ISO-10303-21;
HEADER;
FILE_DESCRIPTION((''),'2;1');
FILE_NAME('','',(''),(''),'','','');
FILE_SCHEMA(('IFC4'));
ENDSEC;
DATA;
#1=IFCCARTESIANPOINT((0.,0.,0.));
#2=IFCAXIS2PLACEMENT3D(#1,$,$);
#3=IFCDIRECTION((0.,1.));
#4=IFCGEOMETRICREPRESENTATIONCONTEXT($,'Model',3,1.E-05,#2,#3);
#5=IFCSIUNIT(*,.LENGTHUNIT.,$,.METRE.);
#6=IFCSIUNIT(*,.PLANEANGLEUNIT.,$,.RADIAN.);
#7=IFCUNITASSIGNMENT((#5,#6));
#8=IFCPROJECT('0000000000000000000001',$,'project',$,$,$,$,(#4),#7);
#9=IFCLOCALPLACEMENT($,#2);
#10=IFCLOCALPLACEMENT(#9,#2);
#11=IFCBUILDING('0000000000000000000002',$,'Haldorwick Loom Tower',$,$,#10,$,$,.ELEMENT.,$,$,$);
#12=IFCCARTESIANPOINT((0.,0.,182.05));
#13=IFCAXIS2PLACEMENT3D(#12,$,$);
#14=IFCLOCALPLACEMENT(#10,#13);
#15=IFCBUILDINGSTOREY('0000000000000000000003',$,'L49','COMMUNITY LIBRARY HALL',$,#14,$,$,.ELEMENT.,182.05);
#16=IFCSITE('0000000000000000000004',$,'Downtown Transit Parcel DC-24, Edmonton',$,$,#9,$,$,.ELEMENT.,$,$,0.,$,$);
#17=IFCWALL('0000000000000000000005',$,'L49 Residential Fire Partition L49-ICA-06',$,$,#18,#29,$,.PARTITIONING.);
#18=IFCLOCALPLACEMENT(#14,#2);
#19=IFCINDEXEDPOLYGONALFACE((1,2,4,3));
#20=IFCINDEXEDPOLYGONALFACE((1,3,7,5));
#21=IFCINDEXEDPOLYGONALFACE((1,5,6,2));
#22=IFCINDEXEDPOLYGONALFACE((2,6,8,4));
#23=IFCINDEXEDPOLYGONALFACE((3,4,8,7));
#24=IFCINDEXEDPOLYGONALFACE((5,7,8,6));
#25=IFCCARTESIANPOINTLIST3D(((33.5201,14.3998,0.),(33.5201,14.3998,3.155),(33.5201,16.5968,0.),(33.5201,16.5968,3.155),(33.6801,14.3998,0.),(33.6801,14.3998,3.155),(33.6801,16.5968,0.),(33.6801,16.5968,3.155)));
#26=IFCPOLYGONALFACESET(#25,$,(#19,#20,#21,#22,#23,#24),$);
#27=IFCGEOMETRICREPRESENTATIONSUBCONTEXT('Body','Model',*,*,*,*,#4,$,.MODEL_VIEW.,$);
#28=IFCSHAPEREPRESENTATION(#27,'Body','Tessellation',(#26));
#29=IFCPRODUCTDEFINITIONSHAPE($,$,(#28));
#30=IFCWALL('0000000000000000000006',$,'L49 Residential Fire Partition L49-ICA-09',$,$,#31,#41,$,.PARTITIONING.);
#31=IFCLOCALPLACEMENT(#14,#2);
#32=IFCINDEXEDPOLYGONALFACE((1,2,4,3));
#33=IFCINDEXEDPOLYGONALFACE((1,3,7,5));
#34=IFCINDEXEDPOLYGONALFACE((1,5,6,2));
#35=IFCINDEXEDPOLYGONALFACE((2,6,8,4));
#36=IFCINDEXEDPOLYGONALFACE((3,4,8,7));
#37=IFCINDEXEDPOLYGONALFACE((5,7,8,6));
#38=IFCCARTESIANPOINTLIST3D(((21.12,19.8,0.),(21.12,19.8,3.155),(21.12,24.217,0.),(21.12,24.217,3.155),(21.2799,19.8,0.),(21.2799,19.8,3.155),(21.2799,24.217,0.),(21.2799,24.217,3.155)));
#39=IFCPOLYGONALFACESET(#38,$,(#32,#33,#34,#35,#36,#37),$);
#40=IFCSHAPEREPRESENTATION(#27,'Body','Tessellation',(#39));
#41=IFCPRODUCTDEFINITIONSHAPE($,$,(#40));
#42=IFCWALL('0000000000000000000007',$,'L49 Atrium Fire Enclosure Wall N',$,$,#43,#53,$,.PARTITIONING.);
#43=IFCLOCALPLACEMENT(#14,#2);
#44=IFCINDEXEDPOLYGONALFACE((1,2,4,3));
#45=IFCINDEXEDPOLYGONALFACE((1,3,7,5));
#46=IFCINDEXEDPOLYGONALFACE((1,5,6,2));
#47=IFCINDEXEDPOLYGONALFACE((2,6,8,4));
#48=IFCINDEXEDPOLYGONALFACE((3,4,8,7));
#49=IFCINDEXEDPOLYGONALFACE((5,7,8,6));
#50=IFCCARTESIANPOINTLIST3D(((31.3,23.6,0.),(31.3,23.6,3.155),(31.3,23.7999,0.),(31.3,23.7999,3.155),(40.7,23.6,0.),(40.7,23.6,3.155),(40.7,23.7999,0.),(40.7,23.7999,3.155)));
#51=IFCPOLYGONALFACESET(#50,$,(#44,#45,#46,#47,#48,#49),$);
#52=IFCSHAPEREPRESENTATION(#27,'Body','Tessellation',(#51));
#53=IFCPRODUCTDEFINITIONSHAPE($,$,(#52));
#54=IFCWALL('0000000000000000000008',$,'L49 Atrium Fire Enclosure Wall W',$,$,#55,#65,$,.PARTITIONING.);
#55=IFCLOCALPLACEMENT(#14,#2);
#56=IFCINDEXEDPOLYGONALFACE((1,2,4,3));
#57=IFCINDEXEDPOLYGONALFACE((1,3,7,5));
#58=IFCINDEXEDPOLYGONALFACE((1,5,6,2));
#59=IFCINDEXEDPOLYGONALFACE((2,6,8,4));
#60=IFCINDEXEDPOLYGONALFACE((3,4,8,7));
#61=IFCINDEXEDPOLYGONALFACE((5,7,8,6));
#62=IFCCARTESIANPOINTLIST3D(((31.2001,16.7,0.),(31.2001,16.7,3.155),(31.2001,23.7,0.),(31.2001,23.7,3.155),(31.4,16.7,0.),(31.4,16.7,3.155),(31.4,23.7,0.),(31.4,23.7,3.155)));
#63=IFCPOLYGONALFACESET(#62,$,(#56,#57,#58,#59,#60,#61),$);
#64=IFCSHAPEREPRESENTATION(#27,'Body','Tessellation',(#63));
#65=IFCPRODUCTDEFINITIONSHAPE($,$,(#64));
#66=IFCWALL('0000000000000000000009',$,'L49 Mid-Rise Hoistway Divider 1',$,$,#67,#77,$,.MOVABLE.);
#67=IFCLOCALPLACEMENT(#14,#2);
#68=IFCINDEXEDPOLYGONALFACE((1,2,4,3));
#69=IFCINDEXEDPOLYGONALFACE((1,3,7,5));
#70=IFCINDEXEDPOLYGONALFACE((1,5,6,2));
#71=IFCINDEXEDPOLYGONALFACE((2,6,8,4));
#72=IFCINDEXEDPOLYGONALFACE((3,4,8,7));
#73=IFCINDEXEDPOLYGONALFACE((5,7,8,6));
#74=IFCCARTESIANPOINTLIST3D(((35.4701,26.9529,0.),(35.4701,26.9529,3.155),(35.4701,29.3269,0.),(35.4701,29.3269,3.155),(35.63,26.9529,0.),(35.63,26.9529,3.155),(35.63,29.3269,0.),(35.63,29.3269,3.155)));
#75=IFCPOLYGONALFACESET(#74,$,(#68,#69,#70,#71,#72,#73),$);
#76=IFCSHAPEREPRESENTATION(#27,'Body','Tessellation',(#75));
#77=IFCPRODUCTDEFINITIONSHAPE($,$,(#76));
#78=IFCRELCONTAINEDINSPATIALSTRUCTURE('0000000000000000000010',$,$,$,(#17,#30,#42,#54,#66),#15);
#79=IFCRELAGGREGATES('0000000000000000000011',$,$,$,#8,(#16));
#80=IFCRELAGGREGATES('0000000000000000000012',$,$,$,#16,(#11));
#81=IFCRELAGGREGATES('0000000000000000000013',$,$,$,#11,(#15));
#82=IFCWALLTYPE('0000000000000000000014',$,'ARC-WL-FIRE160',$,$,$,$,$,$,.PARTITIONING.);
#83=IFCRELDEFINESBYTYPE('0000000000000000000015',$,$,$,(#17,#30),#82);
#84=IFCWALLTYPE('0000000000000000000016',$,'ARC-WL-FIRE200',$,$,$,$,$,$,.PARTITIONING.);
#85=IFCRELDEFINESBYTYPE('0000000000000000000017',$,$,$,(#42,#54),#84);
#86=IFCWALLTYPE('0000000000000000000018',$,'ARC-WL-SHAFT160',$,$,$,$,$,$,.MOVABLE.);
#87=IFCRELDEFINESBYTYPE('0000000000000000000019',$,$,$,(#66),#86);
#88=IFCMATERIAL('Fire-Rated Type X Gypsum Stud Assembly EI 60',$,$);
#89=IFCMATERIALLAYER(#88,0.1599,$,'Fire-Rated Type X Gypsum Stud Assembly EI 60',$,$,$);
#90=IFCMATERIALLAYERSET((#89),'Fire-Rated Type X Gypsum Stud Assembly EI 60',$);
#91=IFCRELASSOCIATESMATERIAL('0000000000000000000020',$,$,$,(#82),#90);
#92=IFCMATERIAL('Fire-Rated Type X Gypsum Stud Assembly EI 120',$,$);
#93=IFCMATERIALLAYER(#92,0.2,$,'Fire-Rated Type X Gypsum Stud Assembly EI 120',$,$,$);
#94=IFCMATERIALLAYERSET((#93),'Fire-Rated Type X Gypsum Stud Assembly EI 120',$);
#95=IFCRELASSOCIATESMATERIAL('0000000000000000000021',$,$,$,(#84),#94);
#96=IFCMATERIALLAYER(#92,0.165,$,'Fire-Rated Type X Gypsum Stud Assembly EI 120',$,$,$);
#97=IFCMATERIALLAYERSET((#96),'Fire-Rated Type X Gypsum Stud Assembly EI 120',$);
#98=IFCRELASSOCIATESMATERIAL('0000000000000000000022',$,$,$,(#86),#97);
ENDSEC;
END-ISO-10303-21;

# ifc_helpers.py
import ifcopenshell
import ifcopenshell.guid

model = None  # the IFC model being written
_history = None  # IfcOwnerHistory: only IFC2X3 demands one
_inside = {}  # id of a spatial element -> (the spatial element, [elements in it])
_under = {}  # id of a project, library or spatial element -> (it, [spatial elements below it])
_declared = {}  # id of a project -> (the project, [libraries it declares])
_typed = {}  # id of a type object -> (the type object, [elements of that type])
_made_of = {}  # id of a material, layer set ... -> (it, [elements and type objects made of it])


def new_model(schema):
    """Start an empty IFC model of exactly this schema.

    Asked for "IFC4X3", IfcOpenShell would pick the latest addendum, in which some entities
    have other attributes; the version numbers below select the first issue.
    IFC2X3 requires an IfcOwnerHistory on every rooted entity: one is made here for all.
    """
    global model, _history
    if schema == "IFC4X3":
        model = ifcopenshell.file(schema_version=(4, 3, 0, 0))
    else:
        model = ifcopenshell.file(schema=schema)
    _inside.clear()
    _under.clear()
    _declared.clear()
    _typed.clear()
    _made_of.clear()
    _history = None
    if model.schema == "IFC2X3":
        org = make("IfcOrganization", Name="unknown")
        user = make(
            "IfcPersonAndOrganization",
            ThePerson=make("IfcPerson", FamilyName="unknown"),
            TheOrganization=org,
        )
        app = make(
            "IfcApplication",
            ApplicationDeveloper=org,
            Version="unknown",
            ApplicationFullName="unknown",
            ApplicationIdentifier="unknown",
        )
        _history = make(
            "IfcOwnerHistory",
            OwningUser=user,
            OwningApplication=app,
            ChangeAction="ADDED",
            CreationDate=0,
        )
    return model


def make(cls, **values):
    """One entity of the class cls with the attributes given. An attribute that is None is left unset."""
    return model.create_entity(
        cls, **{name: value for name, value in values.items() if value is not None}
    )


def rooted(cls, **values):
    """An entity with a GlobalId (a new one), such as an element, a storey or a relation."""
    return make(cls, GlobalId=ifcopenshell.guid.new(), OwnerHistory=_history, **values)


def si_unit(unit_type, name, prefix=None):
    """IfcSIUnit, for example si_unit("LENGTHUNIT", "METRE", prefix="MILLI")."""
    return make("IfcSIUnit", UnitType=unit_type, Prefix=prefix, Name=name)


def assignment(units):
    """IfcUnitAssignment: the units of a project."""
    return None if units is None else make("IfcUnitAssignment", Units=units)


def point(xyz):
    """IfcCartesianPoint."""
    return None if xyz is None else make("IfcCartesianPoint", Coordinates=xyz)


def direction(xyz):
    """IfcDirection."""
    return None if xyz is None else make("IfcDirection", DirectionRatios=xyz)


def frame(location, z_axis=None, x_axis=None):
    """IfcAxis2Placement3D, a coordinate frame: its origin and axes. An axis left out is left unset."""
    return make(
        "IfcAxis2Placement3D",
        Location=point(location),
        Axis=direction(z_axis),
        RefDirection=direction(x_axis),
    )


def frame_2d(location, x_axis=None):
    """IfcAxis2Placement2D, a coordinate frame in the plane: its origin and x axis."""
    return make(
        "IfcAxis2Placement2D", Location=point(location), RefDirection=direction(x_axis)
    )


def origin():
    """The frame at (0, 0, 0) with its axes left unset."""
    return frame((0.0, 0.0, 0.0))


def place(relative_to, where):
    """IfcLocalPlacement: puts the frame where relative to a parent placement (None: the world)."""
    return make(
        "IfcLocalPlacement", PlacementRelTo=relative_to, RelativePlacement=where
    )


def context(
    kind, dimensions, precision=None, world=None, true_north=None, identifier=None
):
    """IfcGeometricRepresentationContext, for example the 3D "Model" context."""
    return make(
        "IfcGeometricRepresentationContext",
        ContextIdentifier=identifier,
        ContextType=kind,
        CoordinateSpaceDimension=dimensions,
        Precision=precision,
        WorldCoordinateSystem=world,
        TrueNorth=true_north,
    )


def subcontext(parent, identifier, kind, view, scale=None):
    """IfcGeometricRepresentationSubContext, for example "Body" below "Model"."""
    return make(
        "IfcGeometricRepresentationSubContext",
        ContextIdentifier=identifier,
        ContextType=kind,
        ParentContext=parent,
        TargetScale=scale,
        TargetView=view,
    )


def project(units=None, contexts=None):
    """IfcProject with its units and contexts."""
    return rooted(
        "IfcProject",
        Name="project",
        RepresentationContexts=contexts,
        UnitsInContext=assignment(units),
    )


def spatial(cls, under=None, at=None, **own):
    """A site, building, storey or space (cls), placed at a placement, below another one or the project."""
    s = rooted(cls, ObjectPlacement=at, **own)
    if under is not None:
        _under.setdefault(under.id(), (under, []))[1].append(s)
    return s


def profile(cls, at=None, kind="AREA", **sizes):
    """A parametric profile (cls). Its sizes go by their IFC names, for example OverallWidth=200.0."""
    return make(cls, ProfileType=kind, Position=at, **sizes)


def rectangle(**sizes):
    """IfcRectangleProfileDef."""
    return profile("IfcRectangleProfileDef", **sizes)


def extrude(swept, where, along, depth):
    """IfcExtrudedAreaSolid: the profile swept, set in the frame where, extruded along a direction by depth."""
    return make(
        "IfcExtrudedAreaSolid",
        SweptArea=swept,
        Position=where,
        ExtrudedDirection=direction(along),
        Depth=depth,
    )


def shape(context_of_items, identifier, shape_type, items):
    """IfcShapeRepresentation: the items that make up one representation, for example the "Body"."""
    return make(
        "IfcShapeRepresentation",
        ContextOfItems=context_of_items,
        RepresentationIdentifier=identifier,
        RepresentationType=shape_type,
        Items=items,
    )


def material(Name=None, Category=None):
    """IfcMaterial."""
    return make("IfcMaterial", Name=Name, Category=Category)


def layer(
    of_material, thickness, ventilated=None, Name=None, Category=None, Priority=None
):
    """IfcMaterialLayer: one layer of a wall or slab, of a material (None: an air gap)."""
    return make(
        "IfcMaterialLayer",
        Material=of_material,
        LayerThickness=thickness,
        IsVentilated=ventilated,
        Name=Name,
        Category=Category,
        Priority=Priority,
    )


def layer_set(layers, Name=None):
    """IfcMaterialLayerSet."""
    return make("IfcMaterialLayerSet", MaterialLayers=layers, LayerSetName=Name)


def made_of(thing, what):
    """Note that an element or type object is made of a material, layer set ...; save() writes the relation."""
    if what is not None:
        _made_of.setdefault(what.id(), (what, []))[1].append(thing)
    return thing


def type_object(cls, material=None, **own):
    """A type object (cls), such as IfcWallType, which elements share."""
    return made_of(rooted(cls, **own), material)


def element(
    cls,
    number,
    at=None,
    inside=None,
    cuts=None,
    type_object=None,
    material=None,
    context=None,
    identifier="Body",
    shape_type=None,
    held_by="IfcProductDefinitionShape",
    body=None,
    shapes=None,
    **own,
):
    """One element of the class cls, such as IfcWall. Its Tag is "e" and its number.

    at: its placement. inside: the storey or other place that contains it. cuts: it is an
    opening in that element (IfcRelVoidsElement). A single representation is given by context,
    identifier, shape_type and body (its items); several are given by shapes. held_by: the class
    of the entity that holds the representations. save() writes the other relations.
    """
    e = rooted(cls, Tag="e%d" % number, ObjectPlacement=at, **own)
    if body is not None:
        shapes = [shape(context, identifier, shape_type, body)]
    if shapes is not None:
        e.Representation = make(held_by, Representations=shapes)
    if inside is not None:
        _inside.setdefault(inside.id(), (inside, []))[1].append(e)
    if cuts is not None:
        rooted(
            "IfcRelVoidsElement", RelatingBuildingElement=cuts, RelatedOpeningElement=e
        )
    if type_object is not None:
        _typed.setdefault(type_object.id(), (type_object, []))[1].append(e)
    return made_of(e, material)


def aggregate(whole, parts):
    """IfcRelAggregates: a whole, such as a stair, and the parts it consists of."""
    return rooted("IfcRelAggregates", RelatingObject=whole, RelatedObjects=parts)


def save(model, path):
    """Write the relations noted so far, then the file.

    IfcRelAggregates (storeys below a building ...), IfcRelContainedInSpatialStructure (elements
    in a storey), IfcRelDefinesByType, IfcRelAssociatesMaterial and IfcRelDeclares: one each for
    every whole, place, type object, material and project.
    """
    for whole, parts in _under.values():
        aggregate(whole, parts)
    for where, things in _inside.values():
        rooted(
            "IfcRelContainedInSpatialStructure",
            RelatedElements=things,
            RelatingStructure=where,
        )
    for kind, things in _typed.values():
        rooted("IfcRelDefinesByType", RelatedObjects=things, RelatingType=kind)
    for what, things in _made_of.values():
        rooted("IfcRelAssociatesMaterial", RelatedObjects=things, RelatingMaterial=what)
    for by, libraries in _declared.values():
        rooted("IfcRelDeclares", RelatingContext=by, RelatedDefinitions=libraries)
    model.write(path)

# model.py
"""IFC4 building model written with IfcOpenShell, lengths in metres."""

from ifc_helpers import new_model, si_unit, direction, frame, frame_2d, origin, place, context, subcontext, project, spatial, rectangle, extrude, material, layer, layer_set, type_object, element, save


model = new_model("IFC4")

# Units and contexts
model_context = context("Model", 3, precision=1e-05, world=origin(), true_north=direction((0.0, 1.0)))
body_context = subcontext(model_context, "Body", "Model", "MODEL_VIEW")
ifc_project = project(units=[si_unit("LENGTHUNIT", "METRE"), si_unit("PLANEANGLEUNIT", "RADIAN")], contexts=[model_context])

# Site, building, storey
site_placement = place(None, origin())
site = spatial("IfcSite", under=ifc_project, at=site_placement, Name="Downtown Transit Parcel DC-24, Edmonton", CompositionType="ELEMENT", RefElevation=0.0)
building_placement = place(site_placement, origin())
building = spatial("IfcBuilding", under=site, at=building_placement, Name="Haldorwick Loom Tower", CompositionType="ELEMENT")
storey_placement = place(building_placement, frame((0.0, 0.0, 182.05)))
storey = spatial("IfcBuildingStorey", under=building, at=storey_placement, Name="L49", Description="COMMUNITY LIBRARY HALL", CompositionType="ELEMENT", Elevation=182.05)

# Walls
ifc_material_1 = material(Name="Fire-Rated Type X Gypsum Stud Assembly EI 60")
ifc_layer_1 = layer(ifc_material_1, 0.1599, Name="Fire-Rated Type X Gypsum Stud Assembly EI 60")
ifc_layer_set_1 = layer_set([ifc_layer_1], Name="Fire-Rated Type X Gypsum Stud Assembly EI 60")
wall_type_1 = type_object("IfcWallType", Name="ARC-WL-FIRE160", PredefinedType="PARTITIONING", material=ifc_layer_set_1)
wall_1_placement = place(storey_placement, frame((33.6001, 16.5969, 0.0), z_axis=(0.0, 0.0, 1.0), x_axis=(0.0, -1.0, 0.0)))
element("IfcWall", 1, at=wall_1_placement, inside=storey, type_object=wall_type_1, Name="L49 Residential Fire Partition L49-ICA-06", PredefinedType="PARTITIONING", context=body_context, shape_type="SweptSolid", body=[
    extrude(rectangle(XDim=2.197, YDim=0.1599, at=frame_2d((1.0986, 0.0))), origin(), (0.0, 0.0, 1.0), 3.155),
])
wall_2_placement = place(storey_placement, frame((21.2, 24.217, 0.0), z_axis=(0.0, 0.0, 1.0), x_axis=(0.0, -1.0, 0.0)))
element("IfcWall", 2, at=wall_2_placement, inside=storey, type_object=wall_type_1, Name="L49 Residential Fire Partition L49-ICA-09", PredefinedType="PARTITIONING", context=body_context, shape_type="SweptSolid", body=[
    extrude(rectangle(XDim=4.417, YDim=0.1599, at=frame_2d((2.2085, 0.0))), origin(), (0.0, 0.0, 1.0), 3.155),
])
ifc_material_2 = material(Name="Fire-Rated Type X Gypsum Stud Assembly EI 120")
ifc_layer_2 = layer(ifc_material_2, 0.2, Name="Fire-Rated Type X Gypsum Stud Assembly EI 120")
ifc_layer_set_2 = layer_set([ifc_layer_2], Name="Fire-Rated Type X Gypsum Stud Assembly EI 120")
wall_type_2 = type_object("IfcWallType", Name="ARC-WL-FIRE200", PredefinedType="PARTITIONING", material=ifc_layer_set_2)
wall_3_placement = place(storey_placement, frame((31.3, 23.7, 0.0), z_axis=(0.0, 0.0, 1.0), x_axis=(1.0, 0.0, 0.0)))
element("IfcWall", 3, at=wall_3_placement, inside=storey, type_object=wall_type_2, Name="L49 Atrium Fire Enclosure Wall N", PredefinedType="PARTITIONING", context=body_context, shape_type="SweptSolid", body=[
    extrude(rectangle(XDim=9.3999, YDim=0.2, at=frame_2d((4.7, 0.0))), origin(), (0.0, 0.0, 1.0), 3.155),
])
wall_4_placement = place(storey_placement, frame((31.3, 16.7, 0.0), z_axis=(0.0, 0.0, 1.0), x_axis=(0.0, 1.0, 0.0)))
element("IfcWall", 4, at=wall_4_placement, inside=storey, type_object=wall_type_2, Name="L49 Atrium Fire Enclosure Wall W", PredefinedType="PARTITIONING", context=body_context, shape_type="SweptSolid", body=[
    extrude(rectangle(XDim=7.0, YDim=0.2, at=frame_2d((3.5, 0.0))), origin(), (0.0, 0.0, 1.0), 3.155),
])
ifc_layer_3 = layer(ifc_material_2, 0.165, Name="Fire-Rated Type X Gypsum Stud Assembly EI 120")
ifc_layer_set_3 = layer_set([ifc_layer_3], Name="Fire-Rated Type X Gypsum Stud Assembly EI 120")
wall_type_3 = type_object("IfcWallType", Name="ARC-WL-SHAFT160", PredefinedType="MOVABLE", material=ifc_layer_set_3)
wall_5_placement = place(storey_placement, frame((35.55, 26.9529, 0.0), z_axis=(0.0, 0.0, 1.0), x_axis=(0.0, 1.0, 0.0)))
element("IfcWall", 5, at=wall_5_placement, inside=storey, type_object=wall_type_3, Name="L49 Mid-Rise Hoistway Divider 1", PredefinedType="MOVABLE", context=body_context, shape_type="SweptSolid", body=[
    extrude(rectangle(XDim=2.374, YDim=0.1599, at=frame_2d((1.187, 0.0))), origin(), (0.0, 0.0, 1.0), 3.155),
])

save(model, "model.ifc")
